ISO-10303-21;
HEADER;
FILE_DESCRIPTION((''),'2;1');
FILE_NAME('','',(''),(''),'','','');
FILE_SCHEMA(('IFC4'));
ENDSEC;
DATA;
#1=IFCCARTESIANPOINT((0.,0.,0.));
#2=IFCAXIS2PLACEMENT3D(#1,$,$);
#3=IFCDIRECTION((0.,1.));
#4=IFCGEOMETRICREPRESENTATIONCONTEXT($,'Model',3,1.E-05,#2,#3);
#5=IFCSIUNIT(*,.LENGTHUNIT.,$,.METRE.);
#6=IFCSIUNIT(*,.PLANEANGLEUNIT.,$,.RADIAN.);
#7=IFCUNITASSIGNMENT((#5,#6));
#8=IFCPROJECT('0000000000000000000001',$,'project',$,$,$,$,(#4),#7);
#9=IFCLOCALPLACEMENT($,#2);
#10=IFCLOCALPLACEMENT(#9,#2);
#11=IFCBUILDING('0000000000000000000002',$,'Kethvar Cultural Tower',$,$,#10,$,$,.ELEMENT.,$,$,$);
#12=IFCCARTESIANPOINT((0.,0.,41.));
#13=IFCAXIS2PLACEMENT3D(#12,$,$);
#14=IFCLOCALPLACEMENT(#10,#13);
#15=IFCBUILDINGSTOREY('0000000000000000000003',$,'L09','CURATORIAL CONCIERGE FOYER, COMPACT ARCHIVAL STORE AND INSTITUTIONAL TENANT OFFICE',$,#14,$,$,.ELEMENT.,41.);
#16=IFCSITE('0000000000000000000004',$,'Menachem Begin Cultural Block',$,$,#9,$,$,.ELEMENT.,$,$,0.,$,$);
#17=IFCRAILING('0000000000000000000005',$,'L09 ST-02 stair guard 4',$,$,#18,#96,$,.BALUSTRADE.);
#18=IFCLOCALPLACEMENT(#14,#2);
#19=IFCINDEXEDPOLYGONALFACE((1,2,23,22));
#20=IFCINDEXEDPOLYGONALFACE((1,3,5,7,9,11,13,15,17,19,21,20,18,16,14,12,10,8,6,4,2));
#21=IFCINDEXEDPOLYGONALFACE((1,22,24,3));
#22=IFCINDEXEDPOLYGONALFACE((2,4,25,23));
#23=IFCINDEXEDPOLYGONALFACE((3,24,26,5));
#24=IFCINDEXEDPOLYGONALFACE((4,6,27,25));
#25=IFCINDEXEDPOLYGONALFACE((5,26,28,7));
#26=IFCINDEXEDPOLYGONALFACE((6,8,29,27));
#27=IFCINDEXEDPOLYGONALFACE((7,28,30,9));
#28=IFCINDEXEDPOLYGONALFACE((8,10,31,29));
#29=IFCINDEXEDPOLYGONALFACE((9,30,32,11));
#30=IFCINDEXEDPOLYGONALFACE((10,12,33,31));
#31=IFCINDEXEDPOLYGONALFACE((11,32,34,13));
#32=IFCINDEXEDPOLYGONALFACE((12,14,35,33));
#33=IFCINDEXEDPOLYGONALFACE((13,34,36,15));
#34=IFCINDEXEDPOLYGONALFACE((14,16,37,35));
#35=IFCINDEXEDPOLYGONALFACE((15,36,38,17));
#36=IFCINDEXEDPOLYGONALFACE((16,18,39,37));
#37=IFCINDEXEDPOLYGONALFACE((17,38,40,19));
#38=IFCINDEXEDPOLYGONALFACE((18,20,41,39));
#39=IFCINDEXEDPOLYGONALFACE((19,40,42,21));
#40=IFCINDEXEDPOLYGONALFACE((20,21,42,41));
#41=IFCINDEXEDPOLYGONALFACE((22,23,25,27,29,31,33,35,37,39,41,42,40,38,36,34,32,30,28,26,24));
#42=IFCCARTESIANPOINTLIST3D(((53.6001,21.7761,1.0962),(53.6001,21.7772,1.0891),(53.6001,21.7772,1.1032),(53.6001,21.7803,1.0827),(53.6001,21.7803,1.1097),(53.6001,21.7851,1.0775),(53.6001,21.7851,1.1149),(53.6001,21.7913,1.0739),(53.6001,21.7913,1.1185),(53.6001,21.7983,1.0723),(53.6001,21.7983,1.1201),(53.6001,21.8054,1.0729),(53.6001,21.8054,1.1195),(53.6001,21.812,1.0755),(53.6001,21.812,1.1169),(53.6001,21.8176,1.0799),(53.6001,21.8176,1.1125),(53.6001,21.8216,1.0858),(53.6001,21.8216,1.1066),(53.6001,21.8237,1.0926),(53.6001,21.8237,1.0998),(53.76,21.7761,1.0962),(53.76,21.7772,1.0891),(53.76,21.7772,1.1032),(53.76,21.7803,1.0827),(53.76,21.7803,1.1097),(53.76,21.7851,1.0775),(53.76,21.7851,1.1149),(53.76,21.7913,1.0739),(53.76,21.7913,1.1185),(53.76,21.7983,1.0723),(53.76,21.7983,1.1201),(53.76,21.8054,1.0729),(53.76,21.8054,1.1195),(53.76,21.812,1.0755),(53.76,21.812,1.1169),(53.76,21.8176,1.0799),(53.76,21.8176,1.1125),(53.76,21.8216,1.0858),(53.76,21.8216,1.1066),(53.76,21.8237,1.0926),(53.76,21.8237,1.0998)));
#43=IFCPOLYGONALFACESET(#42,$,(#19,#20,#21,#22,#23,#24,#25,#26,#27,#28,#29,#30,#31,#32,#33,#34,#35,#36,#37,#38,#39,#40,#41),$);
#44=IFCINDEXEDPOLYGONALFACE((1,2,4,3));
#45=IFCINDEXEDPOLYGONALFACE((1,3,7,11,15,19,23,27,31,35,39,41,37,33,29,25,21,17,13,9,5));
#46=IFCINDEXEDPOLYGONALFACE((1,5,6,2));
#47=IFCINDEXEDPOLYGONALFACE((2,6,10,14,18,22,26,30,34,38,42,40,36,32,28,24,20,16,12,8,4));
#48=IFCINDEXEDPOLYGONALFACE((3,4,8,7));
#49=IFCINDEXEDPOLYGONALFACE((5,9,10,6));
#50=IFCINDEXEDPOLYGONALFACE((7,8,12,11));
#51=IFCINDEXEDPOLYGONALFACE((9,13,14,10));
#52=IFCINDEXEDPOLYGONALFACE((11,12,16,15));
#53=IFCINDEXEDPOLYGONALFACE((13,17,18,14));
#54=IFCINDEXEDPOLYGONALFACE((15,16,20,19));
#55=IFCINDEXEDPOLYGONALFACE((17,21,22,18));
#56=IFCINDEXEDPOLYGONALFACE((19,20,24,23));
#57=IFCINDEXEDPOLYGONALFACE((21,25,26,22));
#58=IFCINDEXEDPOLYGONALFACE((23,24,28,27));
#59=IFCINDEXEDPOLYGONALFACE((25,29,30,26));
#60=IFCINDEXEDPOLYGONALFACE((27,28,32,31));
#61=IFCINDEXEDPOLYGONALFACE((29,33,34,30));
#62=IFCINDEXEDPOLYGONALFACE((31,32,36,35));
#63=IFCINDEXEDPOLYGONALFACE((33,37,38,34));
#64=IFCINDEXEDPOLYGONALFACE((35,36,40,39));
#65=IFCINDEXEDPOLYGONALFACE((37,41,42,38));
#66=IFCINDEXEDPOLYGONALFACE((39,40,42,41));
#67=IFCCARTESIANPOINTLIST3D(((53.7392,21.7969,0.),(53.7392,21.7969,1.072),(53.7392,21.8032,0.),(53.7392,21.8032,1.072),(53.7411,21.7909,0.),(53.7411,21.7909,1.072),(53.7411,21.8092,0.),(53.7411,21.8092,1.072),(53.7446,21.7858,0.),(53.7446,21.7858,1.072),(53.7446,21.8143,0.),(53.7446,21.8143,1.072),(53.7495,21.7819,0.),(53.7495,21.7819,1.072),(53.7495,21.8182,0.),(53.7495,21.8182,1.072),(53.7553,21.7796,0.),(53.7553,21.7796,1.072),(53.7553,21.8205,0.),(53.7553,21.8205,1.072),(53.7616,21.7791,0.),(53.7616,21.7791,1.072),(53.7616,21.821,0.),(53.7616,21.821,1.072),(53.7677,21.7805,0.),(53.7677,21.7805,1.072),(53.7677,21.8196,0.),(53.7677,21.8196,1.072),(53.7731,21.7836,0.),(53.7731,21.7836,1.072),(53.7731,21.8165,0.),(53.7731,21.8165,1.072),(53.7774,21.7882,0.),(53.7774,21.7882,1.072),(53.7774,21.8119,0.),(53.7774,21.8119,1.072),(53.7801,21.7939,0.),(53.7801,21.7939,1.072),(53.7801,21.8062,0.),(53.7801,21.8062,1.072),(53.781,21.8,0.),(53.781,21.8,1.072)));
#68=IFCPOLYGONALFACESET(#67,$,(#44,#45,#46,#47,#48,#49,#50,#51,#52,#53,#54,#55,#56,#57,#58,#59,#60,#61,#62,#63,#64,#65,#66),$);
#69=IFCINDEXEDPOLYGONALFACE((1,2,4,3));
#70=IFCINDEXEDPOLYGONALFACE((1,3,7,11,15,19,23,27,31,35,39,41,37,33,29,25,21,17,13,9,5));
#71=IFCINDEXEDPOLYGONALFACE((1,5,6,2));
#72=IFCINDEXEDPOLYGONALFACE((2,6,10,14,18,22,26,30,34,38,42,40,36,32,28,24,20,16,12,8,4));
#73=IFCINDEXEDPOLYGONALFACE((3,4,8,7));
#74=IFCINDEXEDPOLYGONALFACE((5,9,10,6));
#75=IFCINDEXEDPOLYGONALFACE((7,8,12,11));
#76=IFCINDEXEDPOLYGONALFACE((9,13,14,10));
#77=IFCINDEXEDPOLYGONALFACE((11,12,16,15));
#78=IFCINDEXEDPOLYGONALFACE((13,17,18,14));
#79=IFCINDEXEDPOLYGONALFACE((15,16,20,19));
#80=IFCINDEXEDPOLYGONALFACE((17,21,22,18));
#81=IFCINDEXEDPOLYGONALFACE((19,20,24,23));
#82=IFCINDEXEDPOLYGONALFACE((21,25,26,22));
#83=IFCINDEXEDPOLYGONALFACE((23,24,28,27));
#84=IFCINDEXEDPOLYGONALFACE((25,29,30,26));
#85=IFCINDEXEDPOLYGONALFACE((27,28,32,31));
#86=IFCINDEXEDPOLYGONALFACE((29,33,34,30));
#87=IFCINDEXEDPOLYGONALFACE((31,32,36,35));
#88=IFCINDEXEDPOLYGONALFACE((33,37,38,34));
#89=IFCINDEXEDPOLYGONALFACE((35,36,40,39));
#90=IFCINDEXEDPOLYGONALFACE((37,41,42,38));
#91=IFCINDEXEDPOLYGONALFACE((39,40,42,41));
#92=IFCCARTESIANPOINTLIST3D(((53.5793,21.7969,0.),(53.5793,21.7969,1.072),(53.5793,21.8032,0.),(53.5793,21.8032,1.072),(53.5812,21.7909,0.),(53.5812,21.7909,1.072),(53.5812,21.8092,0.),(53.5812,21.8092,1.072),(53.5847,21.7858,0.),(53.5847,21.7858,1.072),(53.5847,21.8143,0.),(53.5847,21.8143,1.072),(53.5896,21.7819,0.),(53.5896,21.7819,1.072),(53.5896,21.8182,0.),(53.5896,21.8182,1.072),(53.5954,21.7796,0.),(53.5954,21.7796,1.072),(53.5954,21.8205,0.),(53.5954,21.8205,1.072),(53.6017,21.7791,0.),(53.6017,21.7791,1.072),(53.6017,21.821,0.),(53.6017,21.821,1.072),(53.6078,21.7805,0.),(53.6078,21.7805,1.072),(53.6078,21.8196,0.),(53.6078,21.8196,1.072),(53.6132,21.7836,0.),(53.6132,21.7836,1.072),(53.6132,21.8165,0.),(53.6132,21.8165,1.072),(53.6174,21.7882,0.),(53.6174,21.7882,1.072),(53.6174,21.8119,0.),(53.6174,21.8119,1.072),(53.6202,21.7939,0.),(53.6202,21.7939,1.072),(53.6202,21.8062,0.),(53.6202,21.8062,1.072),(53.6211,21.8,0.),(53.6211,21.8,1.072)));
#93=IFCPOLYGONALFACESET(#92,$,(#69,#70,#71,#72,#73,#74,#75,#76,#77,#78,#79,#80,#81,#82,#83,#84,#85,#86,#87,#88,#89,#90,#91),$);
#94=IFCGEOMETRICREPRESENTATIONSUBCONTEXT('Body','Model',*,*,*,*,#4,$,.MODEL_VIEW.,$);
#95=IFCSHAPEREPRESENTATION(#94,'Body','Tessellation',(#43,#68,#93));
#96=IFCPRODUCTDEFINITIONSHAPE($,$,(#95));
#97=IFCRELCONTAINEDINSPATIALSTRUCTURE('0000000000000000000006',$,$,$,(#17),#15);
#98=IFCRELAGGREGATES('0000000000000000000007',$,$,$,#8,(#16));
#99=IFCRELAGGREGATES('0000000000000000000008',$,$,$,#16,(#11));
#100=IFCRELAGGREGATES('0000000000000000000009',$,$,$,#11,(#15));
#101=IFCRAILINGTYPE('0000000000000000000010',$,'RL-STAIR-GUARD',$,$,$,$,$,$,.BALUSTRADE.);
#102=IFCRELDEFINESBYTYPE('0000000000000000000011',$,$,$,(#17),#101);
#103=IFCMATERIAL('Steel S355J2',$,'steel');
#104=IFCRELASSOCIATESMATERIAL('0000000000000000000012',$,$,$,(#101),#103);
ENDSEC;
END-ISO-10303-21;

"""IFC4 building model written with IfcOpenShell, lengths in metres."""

from ifc_helpers import new_model, si_unit, direction, frame, origin, origin_2d, place, context, subcontext, project, spatial, circle, extrude, material, type_object, element, save


model = new_model("IFC4")

# Units and contexts
model_context = context("Model", 3, precision=1e-05, world=origin(), true_north=direction((0.0, 1.0)))
body_context = subcontext(model_context, "Body", "Model", "MODEL_VIEW")
ifc_project = project(units=[si_unit("LENGTHUNIT", "METRE"), si_unit("PLANEANGLEUNIT", "RADIAN")], contexts=[model_context])

# Site, building, storey
site_placement = place(None, origin())
site = spatial("IfcSite", under=ifc_project, at=site_placement, Name="Menachem Begin Cultural Block", CompositionType="ELEMENT", RefElevation=0.0)
building_placement = place(site_placement, origin())
building = spatial("IfcBuilding", under=site, at=building_placement, Name="Kethvar Cultural Tower", CompositionType="ELEMENT")
storey_placement = place(building_placement, frame((0.0, 0.0, 41.0)))
storey = spatial("IfcBuildingStorey", under=building, at=storey_placement, Name="L09", Description="CURATORIAL CONCIERGE FOYER, COMPACT ARCHIVAL STORE AND INSTITUTIONAL TENANT OFFICE", CompositionType="ELEMENT", Elevation=41.0)

# Shared definitions
ifc_material_1 = material(Name="Steel S355J2", Category="steel")

# Railing
railing_type_1 = type_object("IfcRailingType", Name="RL-STAIR-GUARD", PredefinedType="BALUSTRADE", material=ifc_material_1)
railing_1_placement = place(storey_placement, frame((53.76, 21.8, 0.0)))
element("IfcRailing", 1, at=railing_1_placement, inside=storey, type_object=railing_type_1, Name="L09 ST-02 stair guard 4", PredefinedType="BALUSTRADE", context=body_context, shape_type="SweptSolid", body=[
    extrude(circle(Radius=0.0239, at=origin_2d()), frame((0.0, 0.0, 1.0962), z_axis=(-1.0, 0.0, 0.0), x_axis=(0.0, -1.0, 0.0)), (0.0, 0.0, 1.0), 0.1599),
    extrude(circle(Radius=0.021, at=origin_2d()), origin(), (0.0, 0.0, 1.0), 1.072),
    extrude(circle(Radius=0.021, at=origin_2d()), frame((-0.1599, 0.0, 0.0)), (0.0, 0.0, 1.0), 1.072),
])

save(model, "model.ifc")
